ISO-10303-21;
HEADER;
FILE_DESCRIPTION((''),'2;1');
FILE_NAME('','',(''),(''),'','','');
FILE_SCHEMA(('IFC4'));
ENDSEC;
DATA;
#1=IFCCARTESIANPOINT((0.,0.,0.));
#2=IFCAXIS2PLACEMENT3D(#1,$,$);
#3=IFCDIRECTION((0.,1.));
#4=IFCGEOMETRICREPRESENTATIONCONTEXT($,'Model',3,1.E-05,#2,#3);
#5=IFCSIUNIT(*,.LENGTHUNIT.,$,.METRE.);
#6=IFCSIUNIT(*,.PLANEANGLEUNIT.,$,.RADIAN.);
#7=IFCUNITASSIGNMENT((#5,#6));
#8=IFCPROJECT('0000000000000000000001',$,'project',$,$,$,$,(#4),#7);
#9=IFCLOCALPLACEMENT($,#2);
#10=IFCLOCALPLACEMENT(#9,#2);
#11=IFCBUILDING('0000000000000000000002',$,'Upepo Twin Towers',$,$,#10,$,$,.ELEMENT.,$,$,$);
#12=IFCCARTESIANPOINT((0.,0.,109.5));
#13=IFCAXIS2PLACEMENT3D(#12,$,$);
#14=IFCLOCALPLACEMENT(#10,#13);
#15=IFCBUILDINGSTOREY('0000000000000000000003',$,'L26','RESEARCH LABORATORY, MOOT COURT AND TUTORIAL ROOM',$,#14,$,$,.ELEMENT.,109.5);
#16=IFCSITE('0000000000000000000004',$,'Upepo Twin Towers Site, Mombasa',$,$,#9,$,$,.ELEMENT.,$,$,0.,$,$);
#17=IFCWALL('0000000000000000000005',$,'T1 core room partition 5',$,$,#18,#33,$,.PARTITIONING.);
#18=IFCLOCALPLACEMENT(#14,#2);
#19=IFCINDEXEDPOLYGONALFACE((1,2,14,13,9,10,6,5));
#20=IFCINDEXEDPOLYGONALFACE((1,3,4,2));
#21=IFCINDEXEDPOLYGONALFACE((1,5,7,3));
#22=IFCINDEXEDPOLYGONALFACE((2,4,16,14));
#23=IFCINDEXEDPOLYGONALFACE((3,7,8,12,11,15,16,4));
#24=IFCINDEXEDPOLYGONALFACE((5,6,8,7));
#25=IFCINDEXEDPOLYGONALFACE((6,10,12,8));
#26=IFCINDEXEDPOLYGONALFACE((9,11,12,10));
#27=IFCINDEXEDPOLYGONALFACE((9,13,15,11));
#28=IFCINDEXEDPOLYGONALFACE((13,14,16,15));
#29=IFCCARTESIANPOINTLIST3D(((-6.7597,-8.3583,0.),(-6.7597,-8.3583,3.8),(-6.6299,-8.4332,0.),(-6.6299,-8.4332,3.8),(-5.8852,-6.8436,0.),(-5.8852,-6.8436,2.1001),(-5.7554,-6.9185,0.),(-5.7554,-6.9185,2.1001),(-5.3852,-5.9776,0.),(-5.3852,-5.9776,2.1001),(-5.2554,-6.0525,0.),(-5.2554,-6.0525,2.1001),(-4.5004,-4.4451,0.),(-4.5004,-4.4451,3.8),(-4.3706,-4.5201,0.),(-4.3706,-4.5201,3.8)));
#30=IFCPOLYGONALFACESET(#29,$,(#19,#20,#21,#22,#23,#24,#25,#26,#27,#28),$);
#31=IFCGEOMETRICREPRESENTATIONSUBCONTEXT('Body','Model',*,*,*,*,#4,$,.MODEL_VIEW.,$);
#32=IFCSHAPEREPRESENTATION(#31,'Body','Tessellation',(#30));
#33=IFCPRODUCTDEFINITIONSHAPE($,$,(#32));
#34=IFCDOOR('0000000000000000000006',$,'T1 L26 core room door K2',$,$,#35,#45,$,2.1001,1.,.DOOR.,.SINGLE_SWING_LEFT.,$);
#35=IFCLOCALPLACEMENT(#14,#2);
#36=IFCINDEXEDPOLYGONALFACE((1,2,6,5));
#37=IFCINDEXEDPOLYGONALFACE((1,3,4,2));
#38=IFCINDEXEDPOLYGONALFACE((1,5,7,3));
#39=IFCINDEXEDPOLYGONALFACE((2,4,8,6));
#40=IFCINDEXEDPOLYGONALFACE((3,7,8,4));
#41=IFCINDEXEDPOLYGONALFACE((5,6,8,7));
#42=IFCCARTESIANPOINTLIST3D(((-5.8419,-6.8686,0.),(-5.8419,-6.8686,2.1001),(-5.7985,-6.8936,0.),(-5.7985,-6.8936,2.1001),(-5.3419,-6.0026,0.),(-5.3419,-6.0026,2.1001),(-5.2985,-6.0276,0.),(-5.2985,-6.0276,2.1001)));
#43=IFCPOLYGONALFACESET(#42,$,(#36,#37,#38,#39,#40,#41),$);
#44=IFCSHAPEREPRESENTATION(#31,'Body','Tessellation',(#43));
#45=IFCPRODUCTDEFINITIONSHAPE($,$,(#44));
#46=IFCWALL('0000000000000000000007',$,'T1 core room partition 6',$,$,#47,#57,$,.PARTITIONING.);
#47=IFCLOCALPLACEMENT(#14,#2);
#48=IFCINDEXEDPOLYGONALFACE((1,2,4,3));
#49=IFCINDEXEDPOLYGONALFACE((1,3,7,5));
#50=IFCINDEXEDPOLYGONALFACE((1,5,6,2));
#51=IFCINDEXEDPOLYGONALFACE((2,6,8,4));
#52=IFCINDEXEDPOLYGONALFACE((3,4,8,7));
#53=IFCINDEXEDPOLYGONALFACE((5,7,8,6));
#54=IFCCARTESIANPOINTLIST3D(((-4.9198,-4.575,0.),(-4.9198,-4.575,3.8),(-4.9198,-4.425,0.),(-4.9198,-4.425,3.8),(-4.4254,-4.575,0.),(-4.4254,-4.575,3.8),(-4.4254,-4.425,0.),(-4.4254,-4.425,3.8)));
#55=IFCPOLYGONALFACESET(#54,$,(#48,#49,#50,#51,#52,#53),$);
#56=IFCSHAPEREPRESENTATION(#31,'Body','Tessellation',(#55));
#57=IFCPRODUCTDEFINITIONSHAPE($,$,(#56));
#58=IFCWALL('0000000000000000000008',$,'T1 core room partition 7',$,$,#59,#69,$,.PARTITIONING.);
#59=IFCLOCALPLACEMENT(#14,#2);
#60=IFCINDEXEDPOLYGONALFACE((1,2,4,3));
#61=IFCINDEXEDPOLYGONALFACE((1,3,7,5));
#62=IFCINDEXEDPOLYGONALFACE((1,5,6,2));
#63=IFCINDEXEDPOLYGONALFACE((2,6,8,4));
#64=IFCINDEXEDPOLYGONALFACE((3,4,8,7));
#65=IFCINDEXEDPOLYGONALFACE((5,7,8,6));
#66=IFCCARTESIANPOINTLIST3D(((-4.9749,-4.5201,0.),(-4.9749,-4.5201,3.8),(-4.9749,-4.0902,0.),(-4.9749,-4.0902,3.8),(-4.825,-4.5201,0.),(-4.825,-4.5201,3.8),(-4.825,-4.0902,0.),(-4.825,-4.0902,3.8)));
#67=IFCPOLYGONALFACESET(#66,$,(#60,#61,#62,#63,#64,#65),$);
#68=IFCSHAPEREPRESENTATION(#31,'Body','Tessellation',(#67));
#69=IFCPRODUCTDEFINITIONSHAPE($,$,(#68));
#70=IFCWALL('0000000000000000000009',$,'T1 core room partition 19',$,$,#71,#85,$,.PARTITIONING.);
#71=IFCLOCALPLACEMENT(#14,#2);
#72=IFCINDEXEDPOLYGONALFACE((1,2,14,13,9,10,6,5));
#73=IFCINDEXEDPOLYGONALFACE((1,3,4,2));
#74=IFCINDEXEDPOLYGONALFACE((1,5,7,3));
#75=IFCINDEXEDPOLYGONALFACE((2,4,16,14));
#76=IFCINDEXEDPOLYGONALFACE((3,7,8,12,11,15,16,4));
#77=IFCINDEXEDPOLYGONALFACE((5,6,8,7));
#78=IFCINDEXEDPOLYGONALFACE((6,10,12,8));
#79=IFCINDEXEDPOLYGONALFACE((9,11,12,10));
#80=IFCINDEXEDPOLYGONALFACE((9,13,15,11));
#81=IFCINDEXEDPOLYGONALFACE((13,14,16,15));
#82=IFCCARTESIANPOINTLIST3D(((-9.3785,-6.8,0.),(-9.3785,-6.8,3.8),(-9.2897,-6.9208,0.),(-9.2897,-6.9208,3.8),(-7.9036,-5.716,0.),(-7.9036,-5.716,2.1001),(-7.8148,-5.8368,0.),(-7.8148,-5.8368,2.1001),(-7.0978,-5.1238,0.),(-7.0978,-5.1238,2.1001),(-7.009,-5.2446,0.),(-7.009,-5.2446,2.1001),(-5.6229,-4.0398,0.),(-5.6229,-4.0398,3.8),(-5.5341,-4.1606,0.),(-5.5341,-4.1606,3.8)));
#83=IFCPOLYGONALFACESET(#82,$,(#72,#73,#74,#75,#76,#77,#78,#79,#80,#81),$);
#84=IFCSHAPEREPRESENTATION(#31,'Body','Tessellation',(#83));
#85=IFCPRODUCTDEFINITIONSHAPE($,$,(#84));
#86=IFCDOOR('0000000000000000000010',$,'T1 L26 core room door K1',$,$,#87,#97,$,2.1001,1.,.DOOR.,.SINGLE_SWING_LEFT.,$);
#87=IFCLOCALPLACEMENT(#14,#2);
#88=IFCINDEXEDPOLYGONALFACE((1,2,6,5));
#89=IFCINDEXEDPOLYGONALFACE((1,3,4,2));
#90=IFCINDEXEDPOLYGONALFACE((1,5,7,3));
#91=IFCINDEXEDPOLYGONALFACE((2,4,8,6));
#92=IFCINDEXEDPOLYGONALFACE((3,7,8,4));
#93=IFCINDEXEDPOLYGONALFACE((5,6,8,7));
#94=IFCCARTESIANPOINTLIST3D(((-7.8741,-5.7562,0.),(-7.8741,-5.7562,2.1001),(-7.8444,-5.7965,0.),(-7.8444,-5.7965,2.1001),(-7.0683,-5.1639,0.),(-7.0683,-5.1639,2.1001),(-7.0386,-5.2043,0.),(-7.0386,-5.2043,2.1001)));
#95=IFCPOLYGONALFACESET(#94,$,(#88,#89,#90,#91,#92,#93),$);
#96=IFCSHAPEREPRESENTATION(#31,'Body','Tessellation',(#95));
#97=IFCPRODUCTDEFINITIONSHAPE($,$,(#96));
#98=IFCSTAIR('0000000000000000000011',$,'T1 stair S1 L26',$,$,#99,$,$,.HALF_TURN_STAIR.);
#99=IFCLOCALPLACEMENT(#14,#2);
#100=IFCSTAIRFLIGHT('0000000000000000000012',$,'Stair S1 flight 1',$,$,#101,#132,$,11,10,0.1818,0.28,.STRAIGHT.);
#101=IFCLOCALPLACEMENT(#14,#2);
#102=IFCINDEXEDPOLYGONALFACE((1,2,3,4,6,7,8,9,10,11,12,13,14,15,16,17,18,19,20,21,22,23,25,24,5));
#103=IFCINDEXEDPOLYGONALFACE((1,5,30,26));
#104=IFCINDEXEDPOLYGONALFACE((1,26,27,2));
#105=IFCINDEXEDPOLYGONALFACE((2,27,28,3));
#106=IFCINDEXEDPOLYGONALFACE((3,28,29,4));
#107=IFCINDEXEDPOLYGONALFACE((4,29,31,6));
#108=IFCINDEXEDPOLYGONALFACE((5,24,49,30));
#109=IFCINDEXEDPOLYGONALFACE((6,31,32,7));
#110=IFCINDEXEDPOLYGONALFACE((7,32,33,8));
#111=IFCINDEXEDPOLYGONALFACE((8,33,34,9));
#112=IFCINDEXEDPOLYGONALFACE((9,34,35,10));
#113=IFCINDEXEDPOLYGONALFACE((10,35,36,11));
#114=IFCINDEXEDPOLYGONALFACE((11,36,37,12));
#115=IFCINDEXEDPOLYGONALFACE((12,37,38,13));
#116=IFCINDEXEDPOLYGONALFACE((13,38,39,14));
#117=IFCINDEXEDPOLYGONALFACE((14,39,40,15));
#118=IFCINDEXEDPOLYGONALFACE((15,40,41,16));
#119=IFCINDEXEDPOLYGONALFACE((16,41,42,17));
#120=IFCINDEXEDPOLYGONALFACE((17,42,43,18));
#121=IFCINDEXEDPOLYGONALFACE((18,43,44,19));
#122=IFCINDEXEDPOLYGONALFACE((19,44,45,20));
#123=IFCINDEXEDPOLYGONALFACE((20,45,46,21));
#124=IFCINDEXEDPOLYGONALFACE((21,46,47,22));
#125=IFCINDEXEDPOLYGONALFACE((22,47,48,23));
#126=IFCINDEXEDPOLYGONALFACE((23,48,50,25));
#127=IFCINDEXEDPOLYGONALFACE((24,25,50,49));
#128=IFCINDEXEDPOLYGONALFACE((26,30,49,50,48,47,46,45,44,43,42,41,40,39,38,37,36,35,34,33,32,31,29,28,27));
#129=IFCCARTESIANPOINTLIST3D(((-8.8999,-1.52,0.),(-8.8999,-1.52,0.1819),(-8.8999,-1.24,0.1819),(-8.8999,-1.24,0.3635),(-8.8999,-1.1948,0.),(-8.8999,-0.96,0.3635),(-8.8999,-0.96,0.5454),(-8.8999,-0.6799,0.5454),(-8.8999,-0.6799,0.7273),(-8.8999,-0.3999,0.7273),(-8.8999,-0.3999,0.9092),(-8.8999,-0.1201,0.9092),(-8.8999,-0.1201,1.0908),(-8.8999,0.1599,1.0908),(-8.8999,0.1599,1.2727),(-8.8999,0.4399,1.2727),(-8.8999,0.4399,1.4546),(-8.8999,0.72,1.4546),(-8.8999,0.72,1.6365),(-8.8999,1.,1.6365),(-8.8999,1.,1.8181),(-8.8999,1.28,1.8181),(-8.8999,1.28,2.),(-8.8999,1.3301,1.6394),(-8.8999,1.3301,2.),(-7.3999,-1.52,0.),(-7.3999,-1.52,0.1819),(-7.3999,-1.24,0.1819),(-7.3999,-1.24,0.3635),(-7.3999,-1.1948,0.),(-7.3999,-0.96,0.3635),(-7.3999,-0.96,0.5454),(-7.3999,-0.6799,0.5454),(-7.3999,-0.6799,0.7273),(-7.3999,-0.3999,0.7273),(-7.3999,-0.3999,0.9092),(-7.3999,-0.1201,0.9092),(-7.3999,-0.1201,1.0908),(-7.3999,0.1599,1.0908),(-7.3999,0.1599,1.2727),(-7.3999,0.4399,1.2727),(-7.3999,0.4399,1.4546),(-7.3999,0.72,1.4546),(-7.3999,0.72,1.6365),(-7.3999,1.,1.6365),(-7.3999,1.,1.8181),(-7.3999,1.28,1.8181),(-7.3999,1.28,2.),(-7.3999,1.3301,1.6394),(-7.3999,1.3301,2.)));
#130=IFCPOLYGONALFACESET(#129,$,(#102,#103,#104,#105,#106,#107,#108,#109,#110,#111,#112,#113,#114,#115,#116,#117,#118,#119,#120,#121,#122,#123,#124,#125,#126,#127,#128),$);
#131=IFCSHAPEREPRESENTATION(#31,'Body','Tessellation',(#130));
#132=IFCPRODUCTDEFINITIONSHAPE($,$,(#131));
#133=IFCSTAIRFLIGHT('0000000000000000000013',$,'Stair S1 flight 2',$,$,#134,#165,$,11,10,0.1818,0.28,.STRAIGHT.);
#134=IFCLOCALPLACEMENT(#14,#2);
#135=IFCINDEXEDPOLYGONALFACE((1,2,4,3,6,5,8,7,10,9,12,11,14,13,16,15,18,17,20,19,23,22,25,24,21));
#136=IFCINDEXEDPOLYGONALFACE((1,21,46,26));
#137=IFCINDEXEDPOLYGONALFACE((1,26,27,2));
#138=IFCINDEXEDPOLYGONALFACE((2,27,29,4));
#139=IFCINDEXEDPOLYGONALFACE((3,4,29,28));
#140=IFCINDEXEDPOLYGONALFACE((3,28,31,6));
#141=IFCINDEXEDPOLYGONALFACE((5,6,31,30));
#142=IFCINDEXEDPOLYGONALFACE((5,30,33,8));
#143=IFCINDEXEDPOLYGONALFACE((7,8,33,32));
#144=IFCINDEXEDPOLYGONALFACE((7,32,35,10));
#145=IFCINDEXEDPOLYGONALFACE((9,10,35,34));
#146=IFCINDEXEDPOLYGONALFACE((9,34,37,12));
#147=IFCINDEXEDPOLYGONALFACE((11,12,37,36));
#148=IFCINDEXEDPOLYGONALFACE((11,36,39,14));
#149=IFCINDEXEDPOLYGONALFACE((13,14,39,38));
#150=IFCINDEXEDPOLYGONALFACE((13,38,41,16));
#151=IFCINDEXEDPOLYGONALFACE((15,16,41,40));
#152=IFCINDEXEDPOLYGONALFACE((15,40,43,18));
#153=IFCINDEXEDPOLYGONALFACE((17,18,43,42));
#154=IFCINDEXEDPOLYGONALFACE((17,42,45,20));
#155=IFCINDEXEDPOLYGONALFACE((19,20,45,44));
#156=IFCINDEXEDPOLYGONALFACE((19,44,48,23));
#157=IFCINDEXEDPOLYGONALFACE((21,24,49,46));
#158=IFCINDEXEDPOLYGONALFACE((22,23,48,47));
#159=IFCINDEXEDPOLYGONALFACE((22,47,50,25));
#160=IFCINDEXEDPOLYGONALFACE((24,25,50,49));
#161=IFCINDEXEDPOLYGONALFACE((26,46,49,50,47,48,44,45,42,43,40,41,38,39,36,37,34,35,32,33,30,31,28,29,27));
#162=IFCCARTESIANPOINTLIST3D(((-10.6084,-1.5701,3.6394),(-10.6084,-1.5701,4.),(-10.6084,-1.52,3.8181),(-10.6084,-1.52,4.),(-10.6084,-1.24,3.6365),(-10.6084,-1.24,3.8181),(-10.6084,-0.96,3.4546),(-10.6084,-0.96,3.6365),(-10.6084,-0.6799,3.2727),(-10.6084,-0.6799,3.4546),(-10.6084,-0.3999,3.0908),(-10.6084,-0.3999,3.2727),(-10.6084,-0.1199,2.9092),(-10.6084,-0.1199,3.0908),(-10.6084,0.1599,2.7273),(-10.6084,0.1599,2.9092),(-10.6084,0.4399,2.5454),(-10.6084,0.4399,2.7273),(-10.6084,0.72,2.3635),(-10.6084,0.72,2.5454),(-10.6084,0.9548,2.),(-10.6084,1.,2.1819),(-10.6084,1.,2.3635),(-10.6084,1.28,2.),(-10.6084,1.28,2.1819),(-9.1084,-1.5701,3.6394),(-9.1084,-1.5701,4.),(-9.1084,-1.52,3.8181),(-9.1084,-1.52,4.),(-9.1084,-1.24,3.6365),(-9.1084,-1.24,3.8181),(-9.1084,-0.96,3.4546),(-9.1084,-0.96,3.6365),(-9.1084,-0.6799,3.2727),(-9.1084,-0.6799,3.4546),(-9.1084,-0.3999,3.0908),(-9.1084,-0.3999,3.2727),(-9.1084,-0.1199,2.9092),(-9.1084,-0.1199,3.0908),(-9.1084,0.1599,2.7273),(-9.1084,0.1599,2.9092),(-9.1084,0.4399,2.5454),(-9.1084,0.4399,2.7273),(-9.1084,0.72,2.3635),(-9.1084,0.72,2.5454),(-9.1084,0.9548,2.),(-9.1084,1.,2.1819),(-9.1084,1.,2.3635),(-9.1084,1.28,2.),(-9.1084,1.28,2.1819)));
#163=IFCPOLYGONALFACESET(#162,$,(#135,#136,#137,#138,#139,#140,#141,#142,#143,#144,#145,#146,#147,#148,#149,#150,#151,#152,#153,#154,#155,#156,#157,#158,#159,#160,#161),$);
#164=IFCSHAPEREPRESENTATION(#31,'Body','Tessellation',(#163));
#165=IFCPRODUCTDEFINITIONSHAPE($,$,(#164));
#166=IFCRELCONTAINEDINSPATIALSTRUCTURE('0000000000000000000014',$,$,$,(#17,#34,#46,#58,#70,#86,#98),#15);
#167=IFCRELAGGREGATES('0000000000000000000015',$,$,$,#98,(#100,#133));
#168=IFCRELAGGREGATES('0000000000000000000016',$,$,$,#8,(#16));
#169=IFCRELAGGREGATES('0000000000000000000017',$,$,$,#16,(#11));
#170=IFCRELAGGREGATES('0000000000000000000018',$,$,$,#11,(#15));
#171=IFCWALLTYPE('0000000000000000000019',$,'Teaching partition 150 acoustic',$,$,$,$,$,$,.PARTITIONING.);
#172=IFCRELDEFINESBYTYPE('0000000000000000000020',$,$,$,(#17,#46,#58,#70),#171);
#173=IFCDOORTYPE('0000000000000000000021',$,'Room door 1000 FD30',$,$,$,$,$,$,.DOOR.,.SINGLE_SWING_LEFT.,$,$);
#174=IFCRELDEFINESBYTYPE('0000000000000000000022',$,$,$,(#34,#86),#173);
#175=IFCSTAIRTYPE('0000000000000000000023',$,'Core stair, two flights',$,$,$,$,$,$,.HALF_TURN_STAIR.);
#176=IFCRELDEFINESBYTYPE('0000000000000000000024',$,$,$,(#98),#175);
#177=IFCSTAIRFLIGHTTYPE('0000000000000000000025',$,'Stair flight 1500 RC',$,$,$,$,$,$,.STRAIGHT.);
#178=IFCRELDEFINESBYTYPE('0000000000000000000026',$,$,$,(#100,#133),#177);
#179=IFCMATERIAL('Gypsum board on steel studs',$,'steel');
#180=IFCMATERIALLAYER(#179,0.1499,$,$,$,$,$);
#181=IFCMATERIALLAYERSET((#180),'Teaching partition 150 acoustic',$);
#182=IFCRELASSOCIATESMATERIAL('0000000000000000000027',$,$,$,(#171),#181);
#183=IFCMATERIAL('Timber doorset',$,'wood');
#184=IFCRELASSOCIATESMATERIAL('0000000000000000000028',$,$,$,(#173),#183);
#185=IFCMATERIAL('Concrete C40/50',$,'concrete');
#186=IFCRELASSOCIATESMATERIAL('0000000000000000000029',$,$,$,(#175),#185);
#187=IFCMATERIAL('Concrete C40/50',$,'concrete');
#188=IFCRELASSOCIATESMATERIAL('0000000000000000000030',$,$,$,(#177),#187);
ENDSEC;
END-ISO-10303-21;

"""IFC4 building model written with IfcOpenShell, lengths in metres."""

from ifc_helpers import new_model, si_unit, direction, frame, frame_2d, origin, place, context, subcontext, project, spatial, polyline, rectangle, outline, extrude, material, layer, layer_set, type_object, element, fill, aggregate, save


model = new_model("IFC4")

# Units and contexts
model_context = context("Model", 3, precision=1e-05, world=origin(), true_north=direction((0.0, 1.0)))
body_context = subcontext(model_context, "Body", "Model", "MODEL_VIEW")
ifc_project = project(units=[si_unit("LENGTHUNIT", "METRE"), si_unit("PLANEANGLEUNIT", "RADIAN")], contexts=[model_context])

# Site, building, storey
site_placement = place(None, origin())
site = spatial("IfcSite", under=ifc_project, at=site_placement, Name="Upepo Twin Towers Site, Mombasa", CompositionType="ELEMENT", RefElevation=0.0)
building_placement = place(site_placement, origin())
building = spatial("IfcBuilding", under=site, at=building_placement, Name="Upepo Twin Towers", CompositionType="ELEMENT")
storey_placement = place(building_placement, frame((0.0, 0.0, 109.5)))
storey = spatial("IfcBuildingStorey", under=building, at=storey_placement, Name="L26", Description="RESEARCH LABORATORY, MOOT COURT AND TUTORIAL ROOM", CompositionType="ELEMENT", Elevation=109.5)

# Shared definitions
ifc_material_1 = material(Name="Gypsum board on steel studs", Category="steel")
ifc_layer_1 = layer(ifc_material_1, 0.1499)
ifc_layer_set_1 = layer_set([ifc_layer_1], Name="Teaching partition 150 acoustic")
wall_type_1 = type_object("IfcWallType", Name="Teaching partition 150 acoustic", PredefinedType="PARTITIONING", material=ifc_layer_set_1)

# Wall, opening, door
ifc_material_2 = material(Name="Timber doorset", Category="wood")
door_type_1 = type_object("IfcDoorType", Name="Room door 1000 FD30", OperationType="SINGLE_SWING_LEFT", PredefinedType="DOOR", material=ifc_material_2)
wall_1_placement = place(storey_placement, frame((-6.6948, -8.3958, 0.0), z_axis=(0.0, 0.0, 1.0), x_axis=(0.500009, 0.86602, 0.0)))
wall_1 = element("IfcWall", 1, at=wall_1_placement, inside=storey, type_object=wall_type_1, Name="T1 core room partition 5", PredefinedType="PARTITIONING", context=body_context, shape_type="SweptSolid", body=[
    extrude(rectangle(XDim=4.5186, YDim=0.1499, at=frame_2d((2.2593, 0.0))), origin(), (0.0, 0.0, 1.0), 3.8),
])
opening_1_placement = place(wall_1_placement, frame((1.749, 0.0, 0.0)))
opening_1 = element("IfcOpeningElement", 2, at=opening_1_placement, cuts=wall_1, PredefinedType="OPENING", context=body_context, shape_type="SweptSolid", body=[
    extrude(rectangle(XDim=1.0, YDim=2.1001, at=frame_2d((0.5, 1.05))), frame((0.0, 0.085, 0.0), z_axis=(0.0, -1.0, 0.0), x_axis=(1.0, 0.0, 0.0)), (0.0, 0.0, 1.0), 0.1699),
])
door_1_placement = place(opening_1_placement, origin())
door_1 = element("IfcDoor", 3, at=door_1_placement, inside=storey, type_object=door_type_1, Name="T1 L26 core room door K2", OperationType="SINGLE_SWING_LEFT", OverallHeight=2.1001, OverallWidth=1.0, PredefinedType="DOOR", context=body_context, shape_type="SweptSolid", body=[
    extrude(rectangle(XDim=1.0, YDim=2.1001, at=frame_2d((0.5, 1.05))), frame((0.0, 0.0249, 0.0), z_axis=(0.0, -1.0, 0.0), x_axis=(1.0, 0.0, 0.0)), (0.0, 0.0, 1.0), 0.05),
])
fill(opening_1, door_1)

# Walls
wall_2_placement = place(storey_placement, frame((-4.4255, -4.5, 0.0), z_axis=(0.0, 0.0, 1.0), x_axis=(-1.0, 0.0, 0.0)))
element("IfcWall", 4, at=wall_2_placement, inside=storey, type_object=wall_type_1, Name="T1 core room partition 6", PredefinedType="PARTITIONING", context=body_context, shape_type="SweptSolid", body=[
    extrude(rectangle(XDim=0.4944, YDim=0.1499, at=frame_2d((0.2471, 0.0))), origin(), (0.0, 0.0, 1.0), 3.8),
])
wall_3_placement = place(storey_placement, frame((-4.8999, -4.52, 0.0), z_axis=(0.0, 0.0, 1.0), x_axis=(0.0, 1.0, 0.0)))
element("IfcWall", 5, at=wall_3_placement, inside=storey, type_object=wall_type_1, Name="T1 core room partition 7", PredefinedType="PARTITIONING", context=body_context, shape_type="SweptSolid", body=[
    extrude(rectangle(XDim=0.4299, YDim=0.1499, at=frame_2d((0.2148, 0.0))), origin(), (0.0, 0.0, 1.0), 3.8),
])

# Wall, opening, door
wall_4_placement = place(storey_placement, frame((-5.5784, -4.1001, 0.0), z_axis=(0.0, 0.0, 1.0), x_axis=(-0.805777, -0.592219, 0.0)))
wall_4 = element("IfcWall", 6, at=wall_4_placement, inside=storey, type_object=wall_type_1, Name="T1 core room partition 19", PredefinedType="PARTITIONING", context=body_context, shape_type="SweptSolid", body=[
    extrude(rectangle(XDim=4.6609, YDim=0.1499, at=frame_2d((2.3306, 0.0))), origin(), (0.0, 0.0, 1.0), 3.8),
])
opening_2_placement = place(wall_4_placement, frame((1.8306, 0.0, 0.0)))
opening_2 = element("IfcOpeningElement", 7, at=opening_2_placement, cuts=wall_4, PredefinedType="OPENING", context=body_context, shape_type="SweptSolid", body=[
    extrude(rectangle(XDim=1.0, YDim=2.1001, at=frame_2d((0.5, 1.05))), frame((0.0, 0.085, 0.0), z_axis=(0.0, -1.0, 0.0), x_axis=(1.0, 0.0, 0.0)), (0.0, 0.0, 1.0), 0.1699),
])
door_2_placement = place(opening_2_placement, origin())
door_2 = element("IfcDoor", 8, at=door_2_placement, inside=storey, type_object=door_type_1, Name="T1 L26 core room door K1", OperationType="SINGLE_SWING_LEFT", OverallHeight=2.1001, OverallWidth=1.0, PredefinedType="DOOR", context=body_context, shape_type="SweptSolid", body=[
    extrude(rectangle(XDim=1.0, YDim=2.1001, at=frame_2d((0.5, 1.05))), frame((0.0, 0.0249, 0.0), z_axis=(0.0, -1.0, 0.0), x_axis=(1.0, 0.0, 0.0)), (0.0, 0.0, 1.0), 0.05),
])
fill(opening_2, door_2)

# Stair, stair flights
ifc_material_3 = material(Name="Concrete C40/50", Category="concrete")
stair_type = type_object("IfcStairType", Name="Core stair, two flights", PredefinedType="HALF_TURN_STAIR", material=ifc_material_3)
stair_placement = place(storey_placement, origin())
stair = element("IfcStair", 9, at=stair_placement, inside=storey, type_object=stair_type, Name="T1 stair S1 L26", PredefinedType="HALF_TURN_STAIR")
ifc_material_4 = material(Name="Concrete C40/50", Category="concrete")
stair_flight_type = type_object("IfcStairFlightType", Name="Stair flight 1500 RC", PredefinedType="STRAIGHT", material=ifc_material_4)
stair_flight_1_placement = place(storey_placement, frame((-8.1499, -1.52, 0.0), z_axis=(0.0, 0.0, 1.0), x_axis=(0.0, 1.0, 0.0)))
stair_flight_1 = element("IfcStairFlight", 10, at=stair_flight_1_placement, type_object=stair_flight_type, Name="Stair S1 flight 1", NumberOfRisers=11, NumberOfTreads=10, PredefinedType="STRAIGHT", RiserHeight=0.1818, TreadLength=0.28, context=body_context, shape_type="SweptSolid", body=[
    extrude(outline(polyline([(0.0, 0.0), (0.0, 0.1819), (0.28, 0.1819), (0.28, 0.3635), (0.5601, 0.3635), (0.5601, 0.5454), (0.8401, 0.5454), (0.8401, 0.7273), (1.1201, 0.7273), (1.1201, 0.9092), (1.3999, 0.9092), (1.3999, 1.0908), (1.6799, 1.0908), (1.6799, 1.2727), (1.96, 1.2727), (1.96, 1.4546), (2.24, 1.4546), (2.24, 1.6365), (2.52, 1.6365), (2.52, 1.8181), (2.8, 1.8181), (2.8, 2.0), (2.8501, 2.0), (2.8501, 1.6394), (0.3252, 0.0), (0.0, 0.0)])), frame((0.0, 0.75, 0.0), z_axis=(0.0, -1.0, 0.0), x_axis=(1.0, 0.0, 0.0)), (0.0, 0.0, 1.0), 1.5),
])
stair_flight_2_placement = place(storey_placement, frame((-9.8584, 1.28, 2.0), z_axis=(0.0, 0.0, 1.0), x_axis=(0.0, -1.0, 0.0)))
stair_flight_2 = element("IfcStairFlight", 11, at=stair_flight_2_placement, type_object=stair_flight_type, Name="Stair S1 flight 2", NumberOfRisers=11, NumberOfTreads=10, PredefinedType="STRAIGHT", RiserHeight=0.1818, TreadLength=0.28, context=body_context, shape_type="SweptSolid", body=[
    extrude(outline(polyline([(0.0, 0.0), (0.0, 0.1819), (0.28, 0.1819), (0.28, 0.3635), (0.5601, 0.3635), (0.5601, 0.5454), (0.8401, 0.5454), (0.8401, 0.7273), (1.1201, 0.7273), (1.1201, 0.9092), (1.3999, 0.9092), (1.3999, 1.0908), (1.6799, 1.0908), (1.6799, 1.2727), (1.96, 1.2727), (1.96, 1.4546), (2.24, 1.4546), (2.24, 1.6365), (2.52, 1.6365), (2.52, 1.8181), (2.8, 1.8181), (2.8, 2.0), (2.8501, 2.0), (2.8501, 1.6394), (0.3252, 0.0), (0.0, 0.0)])), frame((0.0, 0.75, 0.0), z_axis=(0.0, -1.0, 0.0), x_axis=(1.0, 0.0, 0.0)), (0.0, 0.0, 1.0), 1.5),
])
aggregate(stair, [stair_flight_1, stair_flight_2])

save(model, "model.ifc")
